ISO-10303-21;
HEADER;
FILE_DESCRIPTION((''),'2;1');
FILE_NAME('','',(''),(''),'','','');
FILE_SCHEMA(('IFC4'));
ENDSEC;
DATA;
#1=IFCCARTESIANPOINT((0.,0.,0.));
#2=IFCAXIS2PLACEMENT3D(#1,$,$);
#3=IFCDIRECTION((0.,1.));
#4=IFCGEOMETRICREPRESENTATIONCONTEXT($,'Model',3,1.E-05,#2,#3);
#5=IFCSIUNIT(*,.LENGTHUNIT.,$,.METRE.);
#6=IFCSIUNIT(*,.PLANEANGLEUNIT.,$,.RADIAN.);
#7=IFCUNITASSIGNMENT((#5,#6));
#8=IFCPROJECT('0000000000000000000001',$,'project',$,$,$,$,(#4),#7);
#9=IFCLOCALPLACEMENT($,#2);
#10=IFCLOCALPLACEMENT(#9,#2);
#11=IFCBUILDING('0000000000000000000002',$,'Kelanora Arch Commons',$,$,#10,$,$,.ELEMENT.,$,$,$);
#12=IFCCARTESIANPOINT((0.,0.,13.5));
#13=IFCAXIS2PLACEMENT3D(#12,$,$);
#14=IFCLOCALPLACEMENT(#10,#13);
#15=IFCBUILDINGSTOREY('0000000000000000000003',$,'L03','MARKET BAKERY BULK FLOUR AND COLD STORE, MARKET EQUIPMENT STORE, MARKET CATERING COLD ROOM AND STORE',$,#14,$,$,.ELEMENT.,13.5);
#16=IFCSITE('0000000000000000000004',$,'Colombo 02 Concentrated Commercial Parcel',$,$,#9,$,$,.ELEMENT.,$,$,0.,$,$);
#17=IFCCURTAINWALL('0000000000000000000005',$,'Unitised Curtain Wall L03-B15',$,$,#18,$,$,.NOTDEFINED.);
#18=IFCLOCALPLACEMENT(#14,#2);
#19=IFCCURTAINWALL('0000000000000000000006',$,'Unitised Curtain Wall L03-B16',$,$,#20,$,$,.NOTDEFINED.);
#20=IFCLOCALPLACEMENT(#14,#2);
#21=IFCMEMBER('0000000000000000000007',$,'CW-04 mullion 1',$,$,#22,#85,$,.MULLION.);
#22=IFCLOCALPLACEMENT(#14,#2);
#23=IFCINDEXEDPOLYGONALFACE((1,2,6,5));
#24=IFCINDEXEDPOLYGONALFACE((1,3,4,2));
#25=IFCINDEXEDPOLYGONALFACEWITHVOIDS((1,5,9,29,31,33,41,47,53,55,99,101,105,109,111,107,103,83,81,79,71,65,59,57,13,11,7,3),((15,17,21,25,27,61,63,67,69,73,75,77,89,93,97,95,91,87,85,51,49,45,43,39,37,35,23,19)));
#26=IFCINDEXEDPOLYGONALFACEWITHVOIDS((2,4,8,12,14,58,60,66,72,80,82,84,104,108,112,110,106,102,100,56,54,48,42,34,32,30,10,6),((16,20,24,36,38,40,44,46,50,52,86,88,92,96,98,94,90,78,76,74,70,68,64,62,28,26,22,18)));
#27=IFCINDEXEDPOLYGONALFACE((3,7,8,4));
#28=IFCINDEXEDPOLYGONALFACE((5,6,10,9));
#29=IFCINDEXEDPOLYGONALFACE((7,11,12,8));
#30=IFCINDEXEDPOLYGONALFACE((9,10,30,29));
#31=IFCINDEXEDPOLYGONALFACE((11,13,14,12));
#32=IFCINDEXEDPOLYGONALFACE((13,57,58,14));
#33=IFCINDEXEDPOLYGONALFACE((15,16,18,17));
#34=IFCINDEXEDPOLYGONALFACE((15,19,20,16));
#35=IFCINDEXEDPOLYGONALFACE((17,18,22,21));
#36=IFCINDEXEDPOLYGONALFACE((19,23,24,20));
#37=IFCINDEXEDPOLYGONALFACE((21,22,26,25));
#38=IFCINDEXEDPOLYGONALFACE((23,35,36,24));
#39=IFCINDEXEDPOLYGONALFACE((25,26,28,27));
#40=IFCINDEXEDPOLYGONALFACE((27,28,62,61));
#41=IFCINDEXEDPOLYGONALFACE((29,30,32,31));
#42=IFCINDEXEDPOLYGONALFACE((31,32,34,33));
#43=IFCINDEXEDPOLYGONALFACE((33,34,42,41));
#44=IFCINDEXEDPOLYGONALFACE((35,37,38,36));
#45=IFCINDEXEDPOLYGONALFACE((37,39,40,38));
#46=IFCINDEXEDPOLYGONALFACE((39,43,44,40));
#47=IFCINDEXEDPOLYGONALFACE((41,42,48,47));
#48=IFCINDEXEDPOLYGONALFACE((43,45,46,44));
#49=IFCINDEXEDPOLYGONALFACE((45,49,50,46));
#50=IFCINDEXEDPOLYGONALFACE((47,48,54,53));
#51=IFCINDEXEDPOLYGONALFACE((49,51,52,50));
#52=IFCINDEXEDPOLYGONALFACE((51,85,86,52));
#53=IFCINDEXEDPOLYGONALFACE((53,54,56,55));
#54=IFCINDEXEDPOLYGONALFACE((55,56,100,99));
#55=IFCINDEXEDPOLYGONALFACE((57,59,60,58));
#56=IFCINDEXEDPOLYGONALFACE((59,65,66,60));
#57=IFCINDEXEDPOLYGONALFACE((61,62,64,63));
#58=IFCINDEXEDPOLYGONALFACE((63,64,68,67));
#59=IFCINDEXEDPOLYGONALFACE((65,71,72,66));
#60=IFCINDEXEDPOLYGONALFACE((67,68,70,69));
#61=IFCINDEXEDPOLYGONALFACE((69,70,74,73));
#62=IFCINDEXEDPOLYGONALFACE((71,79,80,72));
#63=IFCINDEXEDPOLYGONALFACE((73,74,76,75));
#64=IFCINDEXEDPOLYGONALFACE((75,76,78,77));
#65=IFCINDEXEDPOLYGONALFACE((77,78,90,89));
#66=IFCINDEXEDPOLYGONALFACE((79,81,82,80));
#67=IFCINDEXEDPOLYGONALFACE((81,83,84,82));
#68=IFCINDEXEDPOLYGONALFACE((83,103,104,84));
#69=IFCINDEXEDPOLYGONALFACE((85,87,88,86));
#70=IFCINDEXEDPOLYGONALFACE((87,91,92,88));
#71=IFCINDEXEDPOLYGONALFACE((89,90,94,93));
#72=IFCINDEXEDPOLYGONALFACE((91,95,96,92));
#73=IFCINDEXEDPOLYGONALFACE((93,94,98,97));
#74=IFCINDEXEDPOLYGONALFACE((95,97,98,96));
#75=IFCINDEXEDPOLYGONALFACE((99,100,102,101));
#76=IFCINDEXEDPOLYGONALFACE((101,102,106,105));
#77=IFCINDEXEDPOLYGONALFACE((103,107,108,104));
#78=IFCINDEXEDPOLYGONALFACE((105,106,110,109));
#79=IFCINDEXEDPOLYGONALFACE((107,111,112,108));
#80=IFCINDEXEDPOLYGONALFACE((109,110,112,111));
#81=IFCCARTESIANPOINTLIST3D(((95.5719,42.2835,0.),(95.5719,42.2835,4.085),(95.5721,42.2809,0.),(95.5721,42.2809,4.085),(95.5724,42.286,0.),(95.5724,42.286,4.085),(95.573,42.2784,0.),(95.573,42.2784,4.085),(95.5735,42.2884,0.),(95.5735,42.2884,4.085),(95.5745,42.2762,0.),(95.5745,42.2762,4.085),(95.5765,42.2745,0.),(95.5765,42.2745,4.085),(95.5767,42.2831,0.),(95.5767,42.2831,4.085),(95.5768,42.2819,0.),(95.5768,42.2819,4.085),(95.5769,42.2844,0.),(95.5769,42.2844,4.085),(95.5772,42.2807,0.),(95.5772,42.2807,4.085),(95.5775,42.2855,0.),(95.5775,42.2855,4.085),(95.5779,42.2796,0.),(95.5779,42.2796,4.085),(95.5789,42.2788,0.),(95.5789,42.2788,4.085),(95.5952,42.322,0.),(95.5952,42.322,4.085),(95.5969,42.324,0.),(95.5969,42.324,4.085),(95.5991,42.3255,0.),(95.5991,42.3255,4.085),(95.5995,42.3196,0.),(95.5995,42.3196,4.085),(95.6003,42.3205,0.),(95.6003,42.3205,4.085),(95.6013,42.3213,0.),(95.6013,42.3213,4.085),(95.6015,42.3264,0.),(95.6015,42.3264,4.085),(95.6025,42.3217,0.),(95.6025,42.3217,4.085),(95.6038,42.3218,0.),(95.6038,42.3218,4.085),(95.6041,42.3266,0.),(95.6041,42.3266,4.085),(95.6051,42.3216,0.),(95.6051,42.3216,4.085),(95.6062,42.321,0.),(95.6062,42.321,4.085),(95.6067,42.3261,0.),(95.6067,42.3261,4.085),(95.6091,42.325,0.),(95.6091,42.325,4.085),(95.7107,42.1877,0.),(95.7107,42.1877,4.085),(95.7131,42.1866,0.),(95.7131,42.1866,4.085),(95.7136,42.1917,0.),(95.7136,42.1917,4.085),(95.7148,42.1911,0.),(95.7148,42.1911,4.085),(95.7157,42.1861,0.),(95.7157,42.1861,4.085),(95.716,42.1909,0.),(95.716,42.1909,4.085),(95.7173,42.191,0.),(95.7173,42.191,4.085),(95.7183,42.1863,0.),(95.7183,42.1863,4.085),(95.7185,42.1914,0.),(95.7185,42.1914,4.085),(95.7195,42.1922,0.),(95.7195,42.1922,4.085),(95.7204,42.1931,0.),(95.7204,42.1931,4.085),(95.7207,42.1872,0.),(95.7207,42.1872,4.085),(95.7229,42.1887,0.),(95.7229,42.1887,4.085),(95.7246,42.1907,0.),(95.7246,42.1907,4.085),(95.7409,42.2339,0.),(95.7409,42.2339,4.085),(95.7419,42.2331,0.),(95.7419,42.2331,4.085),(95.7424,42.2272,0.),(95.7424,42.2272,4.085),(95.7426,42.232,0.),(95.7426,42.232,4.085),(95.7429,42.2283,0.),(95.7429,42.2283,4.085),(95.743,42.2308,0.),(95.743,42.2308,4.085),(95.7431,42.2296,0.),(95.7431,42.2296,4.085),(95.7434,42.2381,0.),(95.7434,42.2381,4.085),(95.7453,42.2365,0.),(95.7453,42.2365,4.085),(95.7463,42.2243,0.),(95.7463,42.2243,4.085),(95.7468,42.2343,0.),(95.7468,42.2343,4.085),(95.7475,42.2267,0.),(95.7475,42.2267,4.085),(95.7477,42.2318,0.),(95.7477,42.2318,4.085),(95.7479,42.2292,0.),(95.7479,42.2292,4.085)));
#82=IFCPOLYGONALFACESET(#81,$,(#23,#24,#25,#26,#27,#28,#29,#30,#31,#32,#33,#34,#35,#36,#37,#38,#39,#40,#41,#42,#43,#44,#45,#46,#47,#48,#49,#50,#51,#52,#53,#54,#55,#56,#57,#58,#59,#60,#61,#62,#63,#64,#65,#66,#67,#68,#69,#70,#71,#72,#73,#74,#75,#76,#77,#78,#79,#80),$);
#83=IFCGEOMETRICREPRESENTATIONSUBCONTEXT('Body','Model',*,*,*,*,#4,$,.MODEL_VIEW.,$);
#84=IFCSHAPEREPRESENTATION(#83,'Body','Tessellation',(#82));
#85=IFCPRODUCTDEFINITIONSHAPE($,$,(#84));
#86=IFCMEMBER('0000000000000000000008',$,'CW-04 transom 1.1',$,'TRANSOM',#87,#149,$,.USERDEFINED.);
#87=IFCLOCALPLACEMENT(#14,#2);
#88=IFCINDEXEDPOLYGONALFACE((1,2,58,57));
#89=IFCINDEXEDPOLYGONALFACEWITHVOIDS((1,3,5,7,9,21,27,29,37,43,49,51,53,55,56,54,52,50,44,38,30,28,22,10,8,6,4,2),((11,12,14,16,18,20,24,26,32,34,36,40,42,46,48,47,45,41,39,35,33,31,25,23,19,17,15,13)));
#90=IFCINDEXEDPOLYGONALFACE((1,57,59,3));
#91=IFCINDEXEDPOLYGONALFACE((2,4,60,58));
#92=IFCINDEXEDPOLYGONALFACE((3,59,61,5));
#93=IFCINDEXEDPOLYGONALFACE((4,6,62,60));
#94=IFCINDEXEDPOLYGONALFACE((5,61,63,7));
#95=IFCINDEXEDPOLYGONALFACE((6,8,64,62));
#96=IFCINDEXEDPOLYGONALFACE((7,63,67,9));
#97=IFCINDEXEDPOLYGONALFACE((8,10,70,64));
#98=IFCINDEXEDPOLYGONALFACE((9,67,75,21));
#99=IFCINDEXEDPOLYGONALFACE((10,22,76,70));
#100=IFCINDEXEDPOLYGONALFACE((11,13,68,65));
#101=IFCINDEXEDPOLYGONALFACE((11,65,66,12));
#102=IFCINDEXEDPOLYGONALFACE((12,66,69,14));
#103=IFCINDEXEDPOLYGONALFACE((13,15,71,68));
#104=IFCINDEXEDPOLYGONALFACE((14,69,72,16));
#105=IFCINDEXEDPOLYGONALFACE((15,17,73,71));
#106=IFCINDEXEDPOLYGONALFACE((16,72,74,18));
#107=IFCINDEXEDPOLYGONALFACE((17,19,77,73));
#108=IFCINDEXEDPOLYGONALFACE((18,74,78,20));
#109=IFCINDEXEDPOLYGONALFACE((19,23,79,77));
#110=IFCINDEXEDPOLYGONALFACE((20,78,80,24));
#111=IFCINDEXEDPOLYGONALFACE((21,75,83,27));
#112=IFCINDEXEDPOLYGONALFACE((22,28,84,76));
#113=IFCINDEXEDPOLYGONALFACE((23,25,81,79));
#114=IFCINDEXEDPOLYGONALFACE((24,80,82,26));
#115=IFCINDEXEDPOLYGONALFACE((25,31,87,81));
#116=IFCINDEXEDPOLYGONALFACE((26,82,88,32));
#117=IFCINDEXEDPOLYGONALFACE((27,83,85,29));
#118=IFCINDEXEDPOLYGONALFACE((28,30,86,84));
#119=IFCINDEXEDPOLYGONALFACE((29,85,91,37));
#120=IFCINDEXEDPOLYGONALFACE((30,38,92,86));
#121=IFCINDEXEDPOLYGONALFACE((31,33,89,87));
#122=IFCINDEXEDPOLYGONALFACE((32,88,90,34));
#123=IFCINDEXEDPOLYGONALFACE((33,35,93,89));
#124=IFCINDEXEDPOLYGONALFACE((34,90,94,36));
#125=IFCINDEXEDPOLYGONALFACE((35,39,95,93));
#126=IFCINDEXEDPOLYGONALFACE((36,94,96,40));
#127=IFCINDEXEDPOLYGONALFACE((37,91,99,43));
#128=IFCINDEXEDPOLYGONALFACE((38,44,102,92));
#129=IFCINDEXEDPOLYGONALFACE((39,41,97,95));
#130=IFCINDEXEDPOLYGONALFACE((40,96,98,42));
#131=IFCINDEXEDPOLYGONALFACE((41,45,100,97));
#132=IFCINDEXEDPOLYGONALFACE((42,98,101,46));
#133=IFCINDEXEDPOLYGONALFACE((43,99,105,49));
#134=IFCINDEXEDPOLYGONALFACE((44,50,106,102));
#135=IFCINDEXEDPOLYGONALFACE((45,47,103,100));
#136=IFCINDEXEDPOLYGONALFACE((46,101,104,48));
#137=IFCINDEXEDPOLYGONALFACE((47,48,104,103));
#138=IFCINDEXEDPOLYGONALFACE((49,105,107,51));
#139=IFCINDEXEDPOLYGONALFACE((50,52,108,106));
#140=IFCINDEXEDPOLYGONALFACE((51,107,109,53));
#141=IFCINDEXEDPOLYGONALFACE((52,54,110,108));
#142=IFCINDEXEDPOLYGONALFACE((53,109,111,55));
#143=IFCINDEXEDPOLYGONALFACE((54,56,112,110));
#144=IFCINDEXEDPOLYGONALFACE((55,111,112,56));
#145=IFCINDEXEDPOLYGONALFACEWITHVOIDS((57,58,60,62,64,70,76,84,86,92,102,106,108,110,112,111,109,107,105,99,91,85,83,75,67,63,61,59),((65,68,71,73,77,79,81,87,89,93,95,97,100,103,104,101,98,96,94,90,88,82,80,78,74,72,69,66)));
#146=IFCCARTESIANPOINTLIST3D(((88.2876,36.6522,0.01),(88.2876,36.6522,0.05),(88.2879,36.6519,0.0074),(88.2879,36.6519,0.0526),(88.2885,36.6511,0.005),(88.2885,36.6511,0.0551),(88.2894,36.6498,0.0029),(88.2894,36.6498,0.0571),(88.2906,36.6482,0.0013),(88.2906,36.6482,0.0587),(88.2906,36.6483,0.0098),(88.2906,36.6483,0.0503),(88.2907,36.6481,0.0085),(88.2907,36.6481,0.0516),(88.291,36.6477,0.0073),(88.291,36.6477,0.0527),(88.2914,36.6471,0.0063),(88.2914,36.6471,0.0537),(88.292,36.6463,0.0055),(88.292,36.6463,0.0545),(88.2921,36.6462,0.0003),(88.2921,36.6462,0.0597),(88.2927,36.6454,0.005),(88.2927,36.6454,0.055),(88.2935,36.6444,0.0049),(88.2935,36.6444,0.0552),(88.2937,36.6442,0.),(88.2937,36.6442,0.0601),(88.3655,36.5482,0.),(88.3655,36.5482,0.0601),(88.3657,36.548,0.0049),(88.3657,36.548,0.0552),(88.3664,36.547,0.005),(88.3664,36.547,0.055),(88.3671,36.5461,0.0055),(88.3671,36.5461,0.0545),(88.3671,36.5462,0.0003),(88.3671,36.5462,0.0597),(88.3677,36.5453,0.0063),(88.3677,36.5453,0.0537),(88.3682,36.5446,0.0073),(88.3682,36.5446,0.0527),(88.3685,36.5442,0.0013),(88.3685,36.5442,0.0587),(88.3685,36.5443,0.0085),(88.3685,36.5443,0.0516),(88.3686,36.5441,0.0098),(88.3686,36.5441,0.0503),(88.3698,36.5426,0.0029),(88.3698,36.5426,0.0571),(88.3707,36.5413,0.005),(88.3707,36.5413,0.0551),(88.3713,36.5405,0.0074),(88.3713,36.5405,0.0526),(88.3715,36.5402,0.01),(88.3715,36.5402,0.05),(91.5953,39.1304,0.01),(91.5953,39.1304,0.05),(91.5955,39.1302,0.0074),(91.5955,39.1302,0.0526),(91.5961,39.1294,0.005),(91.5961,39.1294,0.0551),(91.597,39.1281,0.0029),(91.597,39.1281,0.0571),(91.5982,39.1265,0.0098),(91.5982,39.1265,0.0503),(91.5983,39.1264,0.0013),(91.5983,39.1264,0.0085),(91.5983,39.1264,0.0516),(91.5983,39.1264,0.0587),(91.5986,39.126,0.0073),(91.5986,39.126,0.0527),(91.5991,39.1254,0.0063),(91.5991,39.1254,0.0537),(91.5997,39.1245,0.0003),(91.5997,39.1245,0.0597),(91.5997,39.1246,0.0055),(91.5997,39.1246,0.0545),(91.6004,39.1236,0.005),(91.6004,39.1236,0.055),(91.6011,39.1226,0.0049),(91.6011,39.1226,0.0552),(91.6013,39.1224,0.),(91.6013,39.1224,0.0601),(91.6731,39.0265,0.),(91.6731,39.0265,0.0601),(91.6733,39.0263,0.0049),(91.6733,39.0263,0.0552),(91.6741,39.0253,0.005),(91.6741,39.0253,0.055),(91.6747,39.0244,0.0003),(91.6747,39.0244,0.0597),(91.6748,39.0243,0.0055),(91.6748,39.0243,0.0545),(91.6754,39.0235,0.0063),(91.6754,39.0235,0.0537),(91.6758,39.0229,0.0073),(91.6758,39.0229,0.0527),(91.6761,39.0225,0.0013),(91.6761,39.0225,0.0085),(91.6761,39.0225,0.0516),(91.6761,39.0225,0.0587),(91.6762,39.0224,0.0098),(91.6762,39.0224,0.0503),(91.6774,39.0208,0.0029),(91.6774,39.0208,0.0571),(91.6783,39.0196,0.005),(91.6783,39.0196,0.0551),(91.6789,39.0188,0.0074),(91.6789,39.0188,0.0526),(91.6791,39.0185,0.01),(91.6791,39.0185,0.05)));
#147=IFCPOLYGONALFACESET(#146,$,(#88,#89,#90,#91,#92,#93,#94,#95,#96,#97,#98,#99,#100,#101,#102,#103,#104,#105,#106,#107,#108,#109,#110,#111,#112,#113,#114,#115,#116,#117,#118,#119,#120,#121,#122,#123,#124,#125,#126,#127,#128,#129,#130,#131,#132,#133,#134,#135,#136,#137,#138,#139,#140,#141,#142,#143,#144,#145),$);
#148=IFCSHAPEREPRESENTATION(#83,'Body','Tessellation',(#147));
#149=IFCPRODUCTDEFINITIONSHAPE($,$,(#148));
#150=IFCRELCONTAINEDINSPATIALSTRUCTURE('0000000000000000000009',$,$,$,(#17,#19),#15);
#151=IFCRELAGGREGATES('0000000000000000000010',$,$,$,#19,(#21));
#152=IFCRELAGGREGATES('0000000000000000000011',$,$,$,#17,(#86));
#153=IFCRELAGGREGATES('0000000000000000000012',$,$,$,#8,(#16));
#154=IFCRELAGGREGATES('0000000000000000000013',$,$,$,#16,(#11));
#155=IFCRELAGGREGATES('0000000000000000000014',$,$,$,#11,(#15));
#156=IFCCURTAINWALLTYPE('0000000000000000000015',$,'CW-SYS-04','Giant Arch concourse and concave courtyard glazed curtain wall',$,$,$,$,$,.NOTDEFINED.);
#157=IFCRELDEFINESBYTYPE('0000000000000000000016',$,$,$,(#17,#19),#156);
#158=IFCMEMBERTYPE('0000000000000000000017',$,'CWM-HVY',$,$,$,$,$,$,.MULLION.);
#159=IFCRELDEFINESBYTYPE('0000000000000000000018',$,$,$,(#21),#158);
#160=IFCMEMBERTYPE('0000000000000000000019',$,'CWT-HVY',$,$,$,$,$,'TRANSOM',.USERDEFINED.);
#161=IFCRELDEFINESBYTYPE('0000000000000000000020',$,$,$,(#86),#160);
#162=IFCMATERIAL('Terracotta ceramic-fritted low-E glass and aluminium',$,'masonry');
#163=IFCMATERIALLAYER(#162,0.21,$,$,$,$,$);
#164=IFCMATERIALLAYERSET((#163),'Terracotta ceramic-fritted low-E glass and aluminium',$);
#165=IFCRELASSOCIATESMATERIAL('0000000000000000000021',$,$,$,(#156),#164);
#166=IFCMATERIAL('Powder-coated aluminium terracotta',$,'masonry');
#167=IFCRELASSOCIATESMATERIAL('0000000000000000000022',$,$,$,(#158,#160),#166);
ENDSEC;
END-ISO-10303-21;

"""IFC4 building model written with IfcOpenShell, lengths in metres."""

from ifc_helpers import new_model, si_unit, direction, frame, origin, origin_2d, place, context, subcontext, project, spatial, hollow_rectangle, extrude, material, layer, layer_set, material_profile, profile_set, type_object, element, aggregate, save


model = new_model("IFC4")

# Units and contexts
model_context = context("Model", 3, precision=1e-05, world=origin(), true_north=direction((0.0, 1.0)))
body_context = subcontext(model_context, "Body", "Model", "MODEL_VIEW")
ifc_project = project(units=[si_unit("LENGTHUNIT", "METRE"), si_unit("PLANEANGLEUNIT", "RADIAN")], contexts=[model_context])

# Site, building, storey
site_placement = place(None, origin())
site = spatial("IfcSite", under=ifc_project, at=site_placement, Name="Colombo 02 Concentrated Commercial Parcel", CompositionType="ELEMENT", RefElevation=0.0)
building_placement = place(site_placement, origin())
building = spatial("IfcBuilding", under=site, at=building_placement, Name="Kelanora Arch Commons", CompositionType="ELEMENT")
storey_placement = place(building_placement, frame((0.0, 0.0, 13.5)))
storey = spatial("IfcBuildingStorey", under=building, at=storey_placement, Name="L03", Description="MARKET BAKERY BULK FLOUR AND COLD STORE, MARKET EQUIPMENT STORE, MARKET CATERING COLD ROOM AND STORE", CompositionType="ELEMENT", Elevation=13.5)

# Shared definitions
ifc_material_1 = material(Name="Terracotta ceramic-fritted low-E glass and aluminium", Category="masonry")
ifc_layer_1 = layer(ifc_material_1, 0.21)
ifc_layer_set_1 = layer_set([ifc_layer_1], Name="Terracotta ceramic-fritted low-E glass and aluminium")
curtain_wall_type = type_object("IfcCurtainWallType", Name="CW-SYS-04", Description="Giant Arch concourse and concave courtyard glazed curtain wall", PredefinedType="NOTDEFINED", material=ifc_layer_set_1)
ifc_material_2 = material(Name="Powder-coated aluminium terracotta", Category="masonry")
ifc_material_profile_1 = material_profile(ifc_material_2, hollow_rectangle(XDim=0.1799, YDim=0.0601, WallThickness=0.0049, InnerFilletRadius=0.0049, OuterFilletRadius=0.01, at=origin_2d()), Name="CWM180x60")
ifc_profile_set_1 = profile_set([ifc_material_profile_1], Name="Powder-coated aluminium terracotta")
member_type_1 = type_object("IfcMemberType", Name="CWM-HVY", PredefinedType="MULLION", material=ifc_profile_set_1)

# Curtain wall
curtain_wall_1_placement = place(storey_placement, origin())
curtain_wall_1 = element("IfcCurtainWall", 1, at=curtain_wall_1_placement, inside=storey, type_object=curtain_wall_type, Name="Unitised Curtain Wall L03-B15", PredefinedType="NOTDEFINED")

# Curtain wall, member
curtain_wall_2_placement = place(storey_placement, origin())
curtain_wall_2 = element("IfcCurtainWall", 2, at=curtain_wall_2_placement, inside=storey, type_object=curtain_wall_type, Name="Unitised Curtain Wall L03-B16", PredefinedType="NOTDEFINED")
member_1_placement = place(storey_placement, frame((95.6599, 42.2563, 0.0), z_axis=(0.0, 0.0, 1.0), x_axis=(-0.839729, 0.543006, 0.0)))
member_1 = element("IfcMember", 3, at=member_1_placement, type_object=member_type_1, Name="CW-04 mullion 1", PredefinedType="MULLION", context=body_context, shape_type="SweptSolid", body=[
    extrude(hollow_rectangle(XDim=0.1799, YDim=0.0601, WallThickness=0.0049, InnerFilletRadius=0.0049, OuterFilletRadius=0.01, at=origin_2d()), origin(), (0.0, 0.0, 1.0), 4.085),
])
aggregate(curtain_wall_2, [member_1])

# Member
ifc_material_profile_2 = material_profile(ifc_material_2, hollow_rectangle(XDim=0.1399, YDim=0.0601, WallThickness=0.0049, InnerFilletRadius=0.0049, OuterFilletRadius=0.01, at=origin_2d()), Name="CWT140x60")
ifc_profile_set_2 = profile_set([ifc_material_profile_2], Name="Powder-coated aluminium terracotta")
member_type_2 = type_object("IfcMemberType", Name="CWT-HVY", ElementType="TRANSOM", PredefinedType="USERDEFINED", material=ifc_profile_set_2)
member_2_placement = place(storey_placement, frame((88.3296, 36.5962, 0.03), z_axis=(0.800283, 0.599622, 0.0), x_axis=(-0.599622, 0.800283, 0.0)))
member_2 = element("IfcMember", 4, at=member_2_placement, type_object=member_type_2, Name="CW-04 transom 1.1", ObjectType="TRANSOM", PredefinedType="USERDEFINED", context=body_context, shape_type="SweptSolid", body=[
    extrude(hollow_rectangle(XDim=0.1399, YDim=0.0601, WallThickness=0.0049, InnerFilletRadius=0.0049, OuterFilletRadius=0.01, at=origin_2d()), origin(), (0.0, 0.0, 1.0), 4.1331),
])

aggregate(curtain_wall_1, [member_2])

save(model, "model.ifc")
